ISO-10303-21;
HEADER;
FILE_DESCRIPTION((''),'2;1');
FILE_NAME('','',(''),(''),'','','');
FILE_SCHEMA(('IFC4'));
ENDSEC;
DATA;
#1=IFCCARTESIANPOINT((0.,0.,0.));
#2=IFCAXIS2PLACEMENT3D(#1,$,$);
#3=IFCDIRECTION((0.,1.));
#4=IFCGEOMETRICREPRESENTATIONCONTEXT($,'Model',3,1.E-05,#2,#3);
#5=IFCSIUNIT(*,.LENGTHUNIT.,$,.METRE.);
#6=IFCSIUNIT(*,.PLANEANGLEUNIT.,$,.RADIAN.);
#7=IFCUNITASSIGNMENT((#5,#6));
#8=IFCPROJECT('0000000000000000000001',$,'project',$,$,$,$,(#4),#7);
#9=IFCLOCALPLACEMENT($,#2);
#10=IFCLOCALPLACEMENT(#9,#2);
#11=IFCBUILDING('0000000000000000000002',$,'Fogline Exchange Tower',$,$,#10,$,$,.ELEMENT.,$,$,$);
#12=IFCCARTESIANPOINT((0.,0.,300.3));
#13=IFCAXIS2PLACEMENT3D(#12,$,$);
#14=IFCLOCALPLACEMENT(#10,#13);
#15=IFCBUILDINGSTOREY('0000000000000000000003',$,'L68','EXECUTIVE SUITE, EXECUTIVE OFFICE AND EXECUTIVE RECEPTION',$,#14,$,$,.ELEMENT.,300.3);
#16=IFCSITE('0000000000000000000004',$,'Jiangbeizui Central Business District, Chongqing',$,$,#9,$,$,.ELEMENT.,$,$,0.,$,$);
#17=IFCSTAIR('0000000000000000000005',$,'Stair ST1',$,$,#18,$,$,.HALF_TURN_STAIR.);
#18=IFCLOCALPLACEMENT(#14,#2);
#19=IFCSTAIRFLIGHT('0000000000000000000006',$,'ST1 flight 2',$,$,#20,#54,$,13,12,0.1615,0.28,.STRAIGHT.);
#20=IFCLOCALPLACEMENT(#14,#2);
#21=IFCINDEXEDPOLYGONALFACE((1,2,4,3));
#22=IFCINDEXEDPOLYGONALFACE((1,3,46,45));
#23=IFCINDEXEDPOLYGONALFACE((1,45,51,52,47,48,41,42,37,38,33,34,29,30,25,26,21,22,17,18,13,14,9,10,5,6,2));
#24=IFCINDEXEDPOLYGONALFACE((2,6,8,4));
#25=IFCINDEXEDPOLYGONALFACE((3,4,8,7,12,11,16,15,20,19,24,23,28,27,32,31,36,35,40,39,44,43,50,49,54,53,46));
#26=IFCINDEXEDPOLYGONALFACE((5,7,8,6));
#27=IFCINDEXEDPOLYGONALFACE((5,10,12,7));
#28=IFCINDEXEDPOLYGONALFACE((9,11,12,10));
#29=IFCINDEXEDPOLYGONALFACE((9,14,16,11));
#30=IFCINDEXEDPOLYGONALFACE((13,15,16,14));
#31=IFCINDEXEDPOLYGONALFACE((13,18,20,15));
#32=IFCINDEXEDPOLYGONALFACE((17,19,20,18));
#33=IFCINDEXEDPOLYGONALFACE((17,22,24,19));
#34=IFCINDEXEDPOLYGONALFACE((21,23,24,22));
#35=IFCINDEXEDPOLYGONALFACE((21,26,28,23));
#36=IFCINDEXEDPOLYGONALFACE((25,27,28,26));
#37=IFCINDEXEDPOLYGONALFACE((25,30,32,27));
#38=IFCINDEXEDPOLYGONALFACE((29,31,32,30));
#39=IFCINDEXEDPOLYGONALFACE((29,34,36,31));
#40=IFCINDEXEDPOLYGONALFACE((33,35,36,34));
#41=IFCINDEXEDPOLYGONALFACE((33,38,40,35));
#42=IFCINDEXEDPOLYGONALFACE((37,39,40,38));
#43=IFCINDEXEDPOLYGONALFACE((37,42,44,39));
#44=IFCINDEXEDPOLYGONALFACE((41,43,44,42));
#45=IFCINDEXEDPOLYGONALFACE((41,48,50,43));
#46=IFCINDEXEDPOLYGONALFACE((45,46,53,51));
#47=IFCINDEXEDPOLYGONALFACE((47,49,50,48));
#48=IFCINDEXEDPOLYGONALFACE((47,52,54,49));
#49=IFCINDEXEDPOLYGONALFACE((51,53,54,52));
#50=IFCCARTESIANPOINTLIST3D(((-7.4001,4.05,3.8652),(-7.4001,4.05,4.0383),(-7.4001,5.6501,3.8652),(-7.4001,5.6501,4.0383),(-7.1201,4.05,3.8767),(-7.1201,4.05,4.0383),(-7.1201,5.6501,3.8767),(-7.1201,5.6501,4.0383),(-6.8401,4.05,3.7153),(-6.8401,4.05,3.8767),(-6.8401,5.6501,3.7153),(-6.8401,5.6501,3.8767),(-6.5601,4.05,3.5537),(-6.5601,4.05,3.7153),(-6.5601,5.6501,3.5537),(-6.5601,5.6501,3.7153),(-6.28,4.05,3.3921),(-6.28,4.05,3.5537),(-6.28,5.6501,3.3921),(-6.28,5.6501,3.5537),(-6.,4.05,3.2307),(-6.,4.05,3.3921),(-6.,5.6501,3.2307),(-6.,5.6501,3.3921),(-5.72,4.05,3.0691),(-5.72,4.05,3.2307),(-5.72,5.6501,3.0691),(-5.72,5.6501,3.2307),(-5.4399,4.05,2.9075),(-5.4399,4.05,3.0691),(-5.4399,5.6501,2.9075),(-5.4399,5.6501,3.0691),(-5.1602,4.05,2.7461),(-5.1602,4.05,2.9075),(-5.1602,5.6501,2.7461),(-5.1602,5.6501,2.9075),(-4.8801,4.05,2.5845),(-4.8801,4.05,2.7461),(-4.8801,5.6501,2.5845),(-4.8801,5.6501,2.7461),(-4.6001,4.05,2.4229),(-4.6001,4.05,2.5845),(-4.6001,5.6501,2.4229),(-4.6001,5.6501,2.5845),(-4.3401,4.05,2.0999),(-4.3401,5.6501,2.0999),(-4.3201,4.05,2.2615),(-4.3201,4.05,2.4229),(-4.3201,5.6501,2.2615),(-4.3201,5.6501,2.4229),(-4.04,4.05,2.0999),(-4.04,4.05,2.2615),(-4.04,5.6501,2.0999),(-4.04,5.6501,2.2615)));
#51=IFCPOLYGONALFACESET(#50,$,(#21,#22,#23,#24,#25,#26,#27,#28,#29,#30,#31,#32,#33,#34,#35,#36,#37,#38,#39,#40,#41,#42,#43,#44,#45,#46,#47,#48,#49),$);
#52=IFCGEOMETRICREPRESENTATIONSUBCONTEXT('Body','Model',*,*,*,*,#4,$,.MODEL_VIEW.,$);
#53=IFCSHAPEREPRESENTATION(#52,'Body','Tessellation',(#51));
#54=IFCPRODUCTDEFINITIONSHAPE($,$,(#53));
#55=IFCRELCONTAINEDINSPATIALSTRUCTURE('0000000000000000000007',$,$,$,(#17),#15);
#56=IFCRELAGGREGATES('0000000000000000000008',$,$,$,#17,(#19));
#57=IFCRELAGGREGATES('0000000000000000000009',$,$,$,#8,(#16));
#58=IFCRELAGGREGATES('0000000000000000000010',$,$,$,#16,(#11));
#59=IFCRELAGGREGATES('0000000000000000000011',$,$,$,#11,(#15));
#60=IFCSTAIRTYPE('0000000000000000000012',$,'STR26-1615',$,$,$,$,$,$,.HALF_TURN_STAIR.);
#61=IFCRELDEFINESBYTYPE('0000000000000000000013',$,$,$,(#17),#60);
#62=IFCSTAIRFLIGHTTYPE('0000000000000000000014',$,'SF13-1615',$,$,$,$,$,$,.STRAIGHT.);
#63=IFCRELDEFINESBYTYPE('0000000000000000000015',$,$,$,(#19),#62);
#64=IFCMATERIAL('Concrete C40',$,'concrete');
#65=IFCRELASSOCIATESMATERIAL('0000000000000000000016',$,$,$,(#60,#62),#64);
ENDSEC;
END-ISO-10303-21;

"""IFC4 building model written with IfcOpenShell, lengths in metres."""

from ifc_helpers import new_model, si_unit, direction, frame, origin, place, context, subcontext, project, spatial, polyline, outline, extrude, material, type_object, element, aggregate, save


model = new_model("IFC4")

# Units and contexts
model_context = context("Model", 3, precision=1e-05, world=origin(), true_north=direction((0.0, 1.0)))
body_context = subcontext(model_context, "Body", "Model", "MODEL_VIEW")
ifc_project = project(units=[si_unit("LENGTHUNIT", "METRE"), si_unit("PLANEANGLEUNIT", "RADIAN")], contexts=[model_context])

# Site, building, storey
site_placement = place(None, origin())
site = spatial("IfcSite", under=ifc_project, at=site_placement, Name="Jiangbeizui Central Business District, Chongqing", CompositionType="ELEMENT", RefElevation=0.0)
building_placement = place(site_placement, origin())
building = spatial("IfcBuilding", under=site, at=building_placement, Name="Fogline Exchange Tower", CompositionType="ELEMENT")
storey_placement = place(building_placement, frame((0.0, 0.0, 300.3)))
storey = spatial("IfcBuildingStorey", under=building, at=storey_placement, Name="L68", Description="EXECUTIVE SUITE, EXECUTIVE OFFICE AND EXECUTIVE RECEPTION", CompositionType="ELEMENT", Elevation=300.3)

# Shared definitions
ifc_material_1 = material(Name="Concrete C40", Category="concrete")

# Stair, stair flight
stair_type = type_object("IfcStairType", Name="STR26-1615", PredefinedType="HALF_TURN_STAIR", material=ifc_material_1)
stair_placement = place(storey_placement, origin())
stair = element("IfcStair", 1, at=stair_placement, inside=storey, type_object=stair_type, Name="Stair ST1", PredefinedType="HALF_TURN_STAIR")
stair_flight_type = type_object("IfcStairFlightType", Name="SF13-1615", PredefinedType="STRAIGHT", material=ifc_material_1)
stair_flight_placement = place(storey_placement, frame((-4.04, 4.8501, 2.0999), z_axis=(0.0, 0.0, 1.0), x_axis=(-1.0, 0.0, 0.0)))
stair_flight = element("IfcStairFlight", 2, at=stair_flight_placement, type_object=stair_flight_type, Name="ST1 flight 2", NumberOfRisers=13, NumberOfTreads=12, PredefinedType="STRAIGHT", RiserHeight=0.1615, TreadLength=0.28, context=body_context, shape_type="SweptSolid", body=[
    extrude(outline(polyline([(0.0, 0.0), (0.0, 0.1616), (0.28, 0.1616), (0.28, 0.323), (0.5601, 0.323), (0.5601, 0.4846), (0.8401, 0.4846), (0.8401, 0.6462), (1.1201, 0.6462), (1.1201, 0.8076), (1.3999, 0.8076), (1.3999, 0.9692), (1.6799, 0.9692), (1.6799, 1.1309), (1.96, 1.1309), (1.96, 1.2922), (2.24, 1.2922), (2.24, 1.4539), (2.52, 1.4539), (2.52, 1.6155), (2.8, 1.6155), (2.8, 1.7769), (3.0801, 1.7769), (3.0801, 1.9385), (3.3601, 1.9385), (3.3601, 2.1001), (3.3601, 1.7654), (0.3, 0.0), (0.0, 0.0)])), frame((0.0, 0.8, 0.0), z_axis=(0.0, -1.0, 0.0), x_axis=(1.0, 0.0, 0.0)), (0.0, 0.0, 1.0), 1.6001),
])
aggregate(stair, [stair_flight])

save(model, "model.ifc")
